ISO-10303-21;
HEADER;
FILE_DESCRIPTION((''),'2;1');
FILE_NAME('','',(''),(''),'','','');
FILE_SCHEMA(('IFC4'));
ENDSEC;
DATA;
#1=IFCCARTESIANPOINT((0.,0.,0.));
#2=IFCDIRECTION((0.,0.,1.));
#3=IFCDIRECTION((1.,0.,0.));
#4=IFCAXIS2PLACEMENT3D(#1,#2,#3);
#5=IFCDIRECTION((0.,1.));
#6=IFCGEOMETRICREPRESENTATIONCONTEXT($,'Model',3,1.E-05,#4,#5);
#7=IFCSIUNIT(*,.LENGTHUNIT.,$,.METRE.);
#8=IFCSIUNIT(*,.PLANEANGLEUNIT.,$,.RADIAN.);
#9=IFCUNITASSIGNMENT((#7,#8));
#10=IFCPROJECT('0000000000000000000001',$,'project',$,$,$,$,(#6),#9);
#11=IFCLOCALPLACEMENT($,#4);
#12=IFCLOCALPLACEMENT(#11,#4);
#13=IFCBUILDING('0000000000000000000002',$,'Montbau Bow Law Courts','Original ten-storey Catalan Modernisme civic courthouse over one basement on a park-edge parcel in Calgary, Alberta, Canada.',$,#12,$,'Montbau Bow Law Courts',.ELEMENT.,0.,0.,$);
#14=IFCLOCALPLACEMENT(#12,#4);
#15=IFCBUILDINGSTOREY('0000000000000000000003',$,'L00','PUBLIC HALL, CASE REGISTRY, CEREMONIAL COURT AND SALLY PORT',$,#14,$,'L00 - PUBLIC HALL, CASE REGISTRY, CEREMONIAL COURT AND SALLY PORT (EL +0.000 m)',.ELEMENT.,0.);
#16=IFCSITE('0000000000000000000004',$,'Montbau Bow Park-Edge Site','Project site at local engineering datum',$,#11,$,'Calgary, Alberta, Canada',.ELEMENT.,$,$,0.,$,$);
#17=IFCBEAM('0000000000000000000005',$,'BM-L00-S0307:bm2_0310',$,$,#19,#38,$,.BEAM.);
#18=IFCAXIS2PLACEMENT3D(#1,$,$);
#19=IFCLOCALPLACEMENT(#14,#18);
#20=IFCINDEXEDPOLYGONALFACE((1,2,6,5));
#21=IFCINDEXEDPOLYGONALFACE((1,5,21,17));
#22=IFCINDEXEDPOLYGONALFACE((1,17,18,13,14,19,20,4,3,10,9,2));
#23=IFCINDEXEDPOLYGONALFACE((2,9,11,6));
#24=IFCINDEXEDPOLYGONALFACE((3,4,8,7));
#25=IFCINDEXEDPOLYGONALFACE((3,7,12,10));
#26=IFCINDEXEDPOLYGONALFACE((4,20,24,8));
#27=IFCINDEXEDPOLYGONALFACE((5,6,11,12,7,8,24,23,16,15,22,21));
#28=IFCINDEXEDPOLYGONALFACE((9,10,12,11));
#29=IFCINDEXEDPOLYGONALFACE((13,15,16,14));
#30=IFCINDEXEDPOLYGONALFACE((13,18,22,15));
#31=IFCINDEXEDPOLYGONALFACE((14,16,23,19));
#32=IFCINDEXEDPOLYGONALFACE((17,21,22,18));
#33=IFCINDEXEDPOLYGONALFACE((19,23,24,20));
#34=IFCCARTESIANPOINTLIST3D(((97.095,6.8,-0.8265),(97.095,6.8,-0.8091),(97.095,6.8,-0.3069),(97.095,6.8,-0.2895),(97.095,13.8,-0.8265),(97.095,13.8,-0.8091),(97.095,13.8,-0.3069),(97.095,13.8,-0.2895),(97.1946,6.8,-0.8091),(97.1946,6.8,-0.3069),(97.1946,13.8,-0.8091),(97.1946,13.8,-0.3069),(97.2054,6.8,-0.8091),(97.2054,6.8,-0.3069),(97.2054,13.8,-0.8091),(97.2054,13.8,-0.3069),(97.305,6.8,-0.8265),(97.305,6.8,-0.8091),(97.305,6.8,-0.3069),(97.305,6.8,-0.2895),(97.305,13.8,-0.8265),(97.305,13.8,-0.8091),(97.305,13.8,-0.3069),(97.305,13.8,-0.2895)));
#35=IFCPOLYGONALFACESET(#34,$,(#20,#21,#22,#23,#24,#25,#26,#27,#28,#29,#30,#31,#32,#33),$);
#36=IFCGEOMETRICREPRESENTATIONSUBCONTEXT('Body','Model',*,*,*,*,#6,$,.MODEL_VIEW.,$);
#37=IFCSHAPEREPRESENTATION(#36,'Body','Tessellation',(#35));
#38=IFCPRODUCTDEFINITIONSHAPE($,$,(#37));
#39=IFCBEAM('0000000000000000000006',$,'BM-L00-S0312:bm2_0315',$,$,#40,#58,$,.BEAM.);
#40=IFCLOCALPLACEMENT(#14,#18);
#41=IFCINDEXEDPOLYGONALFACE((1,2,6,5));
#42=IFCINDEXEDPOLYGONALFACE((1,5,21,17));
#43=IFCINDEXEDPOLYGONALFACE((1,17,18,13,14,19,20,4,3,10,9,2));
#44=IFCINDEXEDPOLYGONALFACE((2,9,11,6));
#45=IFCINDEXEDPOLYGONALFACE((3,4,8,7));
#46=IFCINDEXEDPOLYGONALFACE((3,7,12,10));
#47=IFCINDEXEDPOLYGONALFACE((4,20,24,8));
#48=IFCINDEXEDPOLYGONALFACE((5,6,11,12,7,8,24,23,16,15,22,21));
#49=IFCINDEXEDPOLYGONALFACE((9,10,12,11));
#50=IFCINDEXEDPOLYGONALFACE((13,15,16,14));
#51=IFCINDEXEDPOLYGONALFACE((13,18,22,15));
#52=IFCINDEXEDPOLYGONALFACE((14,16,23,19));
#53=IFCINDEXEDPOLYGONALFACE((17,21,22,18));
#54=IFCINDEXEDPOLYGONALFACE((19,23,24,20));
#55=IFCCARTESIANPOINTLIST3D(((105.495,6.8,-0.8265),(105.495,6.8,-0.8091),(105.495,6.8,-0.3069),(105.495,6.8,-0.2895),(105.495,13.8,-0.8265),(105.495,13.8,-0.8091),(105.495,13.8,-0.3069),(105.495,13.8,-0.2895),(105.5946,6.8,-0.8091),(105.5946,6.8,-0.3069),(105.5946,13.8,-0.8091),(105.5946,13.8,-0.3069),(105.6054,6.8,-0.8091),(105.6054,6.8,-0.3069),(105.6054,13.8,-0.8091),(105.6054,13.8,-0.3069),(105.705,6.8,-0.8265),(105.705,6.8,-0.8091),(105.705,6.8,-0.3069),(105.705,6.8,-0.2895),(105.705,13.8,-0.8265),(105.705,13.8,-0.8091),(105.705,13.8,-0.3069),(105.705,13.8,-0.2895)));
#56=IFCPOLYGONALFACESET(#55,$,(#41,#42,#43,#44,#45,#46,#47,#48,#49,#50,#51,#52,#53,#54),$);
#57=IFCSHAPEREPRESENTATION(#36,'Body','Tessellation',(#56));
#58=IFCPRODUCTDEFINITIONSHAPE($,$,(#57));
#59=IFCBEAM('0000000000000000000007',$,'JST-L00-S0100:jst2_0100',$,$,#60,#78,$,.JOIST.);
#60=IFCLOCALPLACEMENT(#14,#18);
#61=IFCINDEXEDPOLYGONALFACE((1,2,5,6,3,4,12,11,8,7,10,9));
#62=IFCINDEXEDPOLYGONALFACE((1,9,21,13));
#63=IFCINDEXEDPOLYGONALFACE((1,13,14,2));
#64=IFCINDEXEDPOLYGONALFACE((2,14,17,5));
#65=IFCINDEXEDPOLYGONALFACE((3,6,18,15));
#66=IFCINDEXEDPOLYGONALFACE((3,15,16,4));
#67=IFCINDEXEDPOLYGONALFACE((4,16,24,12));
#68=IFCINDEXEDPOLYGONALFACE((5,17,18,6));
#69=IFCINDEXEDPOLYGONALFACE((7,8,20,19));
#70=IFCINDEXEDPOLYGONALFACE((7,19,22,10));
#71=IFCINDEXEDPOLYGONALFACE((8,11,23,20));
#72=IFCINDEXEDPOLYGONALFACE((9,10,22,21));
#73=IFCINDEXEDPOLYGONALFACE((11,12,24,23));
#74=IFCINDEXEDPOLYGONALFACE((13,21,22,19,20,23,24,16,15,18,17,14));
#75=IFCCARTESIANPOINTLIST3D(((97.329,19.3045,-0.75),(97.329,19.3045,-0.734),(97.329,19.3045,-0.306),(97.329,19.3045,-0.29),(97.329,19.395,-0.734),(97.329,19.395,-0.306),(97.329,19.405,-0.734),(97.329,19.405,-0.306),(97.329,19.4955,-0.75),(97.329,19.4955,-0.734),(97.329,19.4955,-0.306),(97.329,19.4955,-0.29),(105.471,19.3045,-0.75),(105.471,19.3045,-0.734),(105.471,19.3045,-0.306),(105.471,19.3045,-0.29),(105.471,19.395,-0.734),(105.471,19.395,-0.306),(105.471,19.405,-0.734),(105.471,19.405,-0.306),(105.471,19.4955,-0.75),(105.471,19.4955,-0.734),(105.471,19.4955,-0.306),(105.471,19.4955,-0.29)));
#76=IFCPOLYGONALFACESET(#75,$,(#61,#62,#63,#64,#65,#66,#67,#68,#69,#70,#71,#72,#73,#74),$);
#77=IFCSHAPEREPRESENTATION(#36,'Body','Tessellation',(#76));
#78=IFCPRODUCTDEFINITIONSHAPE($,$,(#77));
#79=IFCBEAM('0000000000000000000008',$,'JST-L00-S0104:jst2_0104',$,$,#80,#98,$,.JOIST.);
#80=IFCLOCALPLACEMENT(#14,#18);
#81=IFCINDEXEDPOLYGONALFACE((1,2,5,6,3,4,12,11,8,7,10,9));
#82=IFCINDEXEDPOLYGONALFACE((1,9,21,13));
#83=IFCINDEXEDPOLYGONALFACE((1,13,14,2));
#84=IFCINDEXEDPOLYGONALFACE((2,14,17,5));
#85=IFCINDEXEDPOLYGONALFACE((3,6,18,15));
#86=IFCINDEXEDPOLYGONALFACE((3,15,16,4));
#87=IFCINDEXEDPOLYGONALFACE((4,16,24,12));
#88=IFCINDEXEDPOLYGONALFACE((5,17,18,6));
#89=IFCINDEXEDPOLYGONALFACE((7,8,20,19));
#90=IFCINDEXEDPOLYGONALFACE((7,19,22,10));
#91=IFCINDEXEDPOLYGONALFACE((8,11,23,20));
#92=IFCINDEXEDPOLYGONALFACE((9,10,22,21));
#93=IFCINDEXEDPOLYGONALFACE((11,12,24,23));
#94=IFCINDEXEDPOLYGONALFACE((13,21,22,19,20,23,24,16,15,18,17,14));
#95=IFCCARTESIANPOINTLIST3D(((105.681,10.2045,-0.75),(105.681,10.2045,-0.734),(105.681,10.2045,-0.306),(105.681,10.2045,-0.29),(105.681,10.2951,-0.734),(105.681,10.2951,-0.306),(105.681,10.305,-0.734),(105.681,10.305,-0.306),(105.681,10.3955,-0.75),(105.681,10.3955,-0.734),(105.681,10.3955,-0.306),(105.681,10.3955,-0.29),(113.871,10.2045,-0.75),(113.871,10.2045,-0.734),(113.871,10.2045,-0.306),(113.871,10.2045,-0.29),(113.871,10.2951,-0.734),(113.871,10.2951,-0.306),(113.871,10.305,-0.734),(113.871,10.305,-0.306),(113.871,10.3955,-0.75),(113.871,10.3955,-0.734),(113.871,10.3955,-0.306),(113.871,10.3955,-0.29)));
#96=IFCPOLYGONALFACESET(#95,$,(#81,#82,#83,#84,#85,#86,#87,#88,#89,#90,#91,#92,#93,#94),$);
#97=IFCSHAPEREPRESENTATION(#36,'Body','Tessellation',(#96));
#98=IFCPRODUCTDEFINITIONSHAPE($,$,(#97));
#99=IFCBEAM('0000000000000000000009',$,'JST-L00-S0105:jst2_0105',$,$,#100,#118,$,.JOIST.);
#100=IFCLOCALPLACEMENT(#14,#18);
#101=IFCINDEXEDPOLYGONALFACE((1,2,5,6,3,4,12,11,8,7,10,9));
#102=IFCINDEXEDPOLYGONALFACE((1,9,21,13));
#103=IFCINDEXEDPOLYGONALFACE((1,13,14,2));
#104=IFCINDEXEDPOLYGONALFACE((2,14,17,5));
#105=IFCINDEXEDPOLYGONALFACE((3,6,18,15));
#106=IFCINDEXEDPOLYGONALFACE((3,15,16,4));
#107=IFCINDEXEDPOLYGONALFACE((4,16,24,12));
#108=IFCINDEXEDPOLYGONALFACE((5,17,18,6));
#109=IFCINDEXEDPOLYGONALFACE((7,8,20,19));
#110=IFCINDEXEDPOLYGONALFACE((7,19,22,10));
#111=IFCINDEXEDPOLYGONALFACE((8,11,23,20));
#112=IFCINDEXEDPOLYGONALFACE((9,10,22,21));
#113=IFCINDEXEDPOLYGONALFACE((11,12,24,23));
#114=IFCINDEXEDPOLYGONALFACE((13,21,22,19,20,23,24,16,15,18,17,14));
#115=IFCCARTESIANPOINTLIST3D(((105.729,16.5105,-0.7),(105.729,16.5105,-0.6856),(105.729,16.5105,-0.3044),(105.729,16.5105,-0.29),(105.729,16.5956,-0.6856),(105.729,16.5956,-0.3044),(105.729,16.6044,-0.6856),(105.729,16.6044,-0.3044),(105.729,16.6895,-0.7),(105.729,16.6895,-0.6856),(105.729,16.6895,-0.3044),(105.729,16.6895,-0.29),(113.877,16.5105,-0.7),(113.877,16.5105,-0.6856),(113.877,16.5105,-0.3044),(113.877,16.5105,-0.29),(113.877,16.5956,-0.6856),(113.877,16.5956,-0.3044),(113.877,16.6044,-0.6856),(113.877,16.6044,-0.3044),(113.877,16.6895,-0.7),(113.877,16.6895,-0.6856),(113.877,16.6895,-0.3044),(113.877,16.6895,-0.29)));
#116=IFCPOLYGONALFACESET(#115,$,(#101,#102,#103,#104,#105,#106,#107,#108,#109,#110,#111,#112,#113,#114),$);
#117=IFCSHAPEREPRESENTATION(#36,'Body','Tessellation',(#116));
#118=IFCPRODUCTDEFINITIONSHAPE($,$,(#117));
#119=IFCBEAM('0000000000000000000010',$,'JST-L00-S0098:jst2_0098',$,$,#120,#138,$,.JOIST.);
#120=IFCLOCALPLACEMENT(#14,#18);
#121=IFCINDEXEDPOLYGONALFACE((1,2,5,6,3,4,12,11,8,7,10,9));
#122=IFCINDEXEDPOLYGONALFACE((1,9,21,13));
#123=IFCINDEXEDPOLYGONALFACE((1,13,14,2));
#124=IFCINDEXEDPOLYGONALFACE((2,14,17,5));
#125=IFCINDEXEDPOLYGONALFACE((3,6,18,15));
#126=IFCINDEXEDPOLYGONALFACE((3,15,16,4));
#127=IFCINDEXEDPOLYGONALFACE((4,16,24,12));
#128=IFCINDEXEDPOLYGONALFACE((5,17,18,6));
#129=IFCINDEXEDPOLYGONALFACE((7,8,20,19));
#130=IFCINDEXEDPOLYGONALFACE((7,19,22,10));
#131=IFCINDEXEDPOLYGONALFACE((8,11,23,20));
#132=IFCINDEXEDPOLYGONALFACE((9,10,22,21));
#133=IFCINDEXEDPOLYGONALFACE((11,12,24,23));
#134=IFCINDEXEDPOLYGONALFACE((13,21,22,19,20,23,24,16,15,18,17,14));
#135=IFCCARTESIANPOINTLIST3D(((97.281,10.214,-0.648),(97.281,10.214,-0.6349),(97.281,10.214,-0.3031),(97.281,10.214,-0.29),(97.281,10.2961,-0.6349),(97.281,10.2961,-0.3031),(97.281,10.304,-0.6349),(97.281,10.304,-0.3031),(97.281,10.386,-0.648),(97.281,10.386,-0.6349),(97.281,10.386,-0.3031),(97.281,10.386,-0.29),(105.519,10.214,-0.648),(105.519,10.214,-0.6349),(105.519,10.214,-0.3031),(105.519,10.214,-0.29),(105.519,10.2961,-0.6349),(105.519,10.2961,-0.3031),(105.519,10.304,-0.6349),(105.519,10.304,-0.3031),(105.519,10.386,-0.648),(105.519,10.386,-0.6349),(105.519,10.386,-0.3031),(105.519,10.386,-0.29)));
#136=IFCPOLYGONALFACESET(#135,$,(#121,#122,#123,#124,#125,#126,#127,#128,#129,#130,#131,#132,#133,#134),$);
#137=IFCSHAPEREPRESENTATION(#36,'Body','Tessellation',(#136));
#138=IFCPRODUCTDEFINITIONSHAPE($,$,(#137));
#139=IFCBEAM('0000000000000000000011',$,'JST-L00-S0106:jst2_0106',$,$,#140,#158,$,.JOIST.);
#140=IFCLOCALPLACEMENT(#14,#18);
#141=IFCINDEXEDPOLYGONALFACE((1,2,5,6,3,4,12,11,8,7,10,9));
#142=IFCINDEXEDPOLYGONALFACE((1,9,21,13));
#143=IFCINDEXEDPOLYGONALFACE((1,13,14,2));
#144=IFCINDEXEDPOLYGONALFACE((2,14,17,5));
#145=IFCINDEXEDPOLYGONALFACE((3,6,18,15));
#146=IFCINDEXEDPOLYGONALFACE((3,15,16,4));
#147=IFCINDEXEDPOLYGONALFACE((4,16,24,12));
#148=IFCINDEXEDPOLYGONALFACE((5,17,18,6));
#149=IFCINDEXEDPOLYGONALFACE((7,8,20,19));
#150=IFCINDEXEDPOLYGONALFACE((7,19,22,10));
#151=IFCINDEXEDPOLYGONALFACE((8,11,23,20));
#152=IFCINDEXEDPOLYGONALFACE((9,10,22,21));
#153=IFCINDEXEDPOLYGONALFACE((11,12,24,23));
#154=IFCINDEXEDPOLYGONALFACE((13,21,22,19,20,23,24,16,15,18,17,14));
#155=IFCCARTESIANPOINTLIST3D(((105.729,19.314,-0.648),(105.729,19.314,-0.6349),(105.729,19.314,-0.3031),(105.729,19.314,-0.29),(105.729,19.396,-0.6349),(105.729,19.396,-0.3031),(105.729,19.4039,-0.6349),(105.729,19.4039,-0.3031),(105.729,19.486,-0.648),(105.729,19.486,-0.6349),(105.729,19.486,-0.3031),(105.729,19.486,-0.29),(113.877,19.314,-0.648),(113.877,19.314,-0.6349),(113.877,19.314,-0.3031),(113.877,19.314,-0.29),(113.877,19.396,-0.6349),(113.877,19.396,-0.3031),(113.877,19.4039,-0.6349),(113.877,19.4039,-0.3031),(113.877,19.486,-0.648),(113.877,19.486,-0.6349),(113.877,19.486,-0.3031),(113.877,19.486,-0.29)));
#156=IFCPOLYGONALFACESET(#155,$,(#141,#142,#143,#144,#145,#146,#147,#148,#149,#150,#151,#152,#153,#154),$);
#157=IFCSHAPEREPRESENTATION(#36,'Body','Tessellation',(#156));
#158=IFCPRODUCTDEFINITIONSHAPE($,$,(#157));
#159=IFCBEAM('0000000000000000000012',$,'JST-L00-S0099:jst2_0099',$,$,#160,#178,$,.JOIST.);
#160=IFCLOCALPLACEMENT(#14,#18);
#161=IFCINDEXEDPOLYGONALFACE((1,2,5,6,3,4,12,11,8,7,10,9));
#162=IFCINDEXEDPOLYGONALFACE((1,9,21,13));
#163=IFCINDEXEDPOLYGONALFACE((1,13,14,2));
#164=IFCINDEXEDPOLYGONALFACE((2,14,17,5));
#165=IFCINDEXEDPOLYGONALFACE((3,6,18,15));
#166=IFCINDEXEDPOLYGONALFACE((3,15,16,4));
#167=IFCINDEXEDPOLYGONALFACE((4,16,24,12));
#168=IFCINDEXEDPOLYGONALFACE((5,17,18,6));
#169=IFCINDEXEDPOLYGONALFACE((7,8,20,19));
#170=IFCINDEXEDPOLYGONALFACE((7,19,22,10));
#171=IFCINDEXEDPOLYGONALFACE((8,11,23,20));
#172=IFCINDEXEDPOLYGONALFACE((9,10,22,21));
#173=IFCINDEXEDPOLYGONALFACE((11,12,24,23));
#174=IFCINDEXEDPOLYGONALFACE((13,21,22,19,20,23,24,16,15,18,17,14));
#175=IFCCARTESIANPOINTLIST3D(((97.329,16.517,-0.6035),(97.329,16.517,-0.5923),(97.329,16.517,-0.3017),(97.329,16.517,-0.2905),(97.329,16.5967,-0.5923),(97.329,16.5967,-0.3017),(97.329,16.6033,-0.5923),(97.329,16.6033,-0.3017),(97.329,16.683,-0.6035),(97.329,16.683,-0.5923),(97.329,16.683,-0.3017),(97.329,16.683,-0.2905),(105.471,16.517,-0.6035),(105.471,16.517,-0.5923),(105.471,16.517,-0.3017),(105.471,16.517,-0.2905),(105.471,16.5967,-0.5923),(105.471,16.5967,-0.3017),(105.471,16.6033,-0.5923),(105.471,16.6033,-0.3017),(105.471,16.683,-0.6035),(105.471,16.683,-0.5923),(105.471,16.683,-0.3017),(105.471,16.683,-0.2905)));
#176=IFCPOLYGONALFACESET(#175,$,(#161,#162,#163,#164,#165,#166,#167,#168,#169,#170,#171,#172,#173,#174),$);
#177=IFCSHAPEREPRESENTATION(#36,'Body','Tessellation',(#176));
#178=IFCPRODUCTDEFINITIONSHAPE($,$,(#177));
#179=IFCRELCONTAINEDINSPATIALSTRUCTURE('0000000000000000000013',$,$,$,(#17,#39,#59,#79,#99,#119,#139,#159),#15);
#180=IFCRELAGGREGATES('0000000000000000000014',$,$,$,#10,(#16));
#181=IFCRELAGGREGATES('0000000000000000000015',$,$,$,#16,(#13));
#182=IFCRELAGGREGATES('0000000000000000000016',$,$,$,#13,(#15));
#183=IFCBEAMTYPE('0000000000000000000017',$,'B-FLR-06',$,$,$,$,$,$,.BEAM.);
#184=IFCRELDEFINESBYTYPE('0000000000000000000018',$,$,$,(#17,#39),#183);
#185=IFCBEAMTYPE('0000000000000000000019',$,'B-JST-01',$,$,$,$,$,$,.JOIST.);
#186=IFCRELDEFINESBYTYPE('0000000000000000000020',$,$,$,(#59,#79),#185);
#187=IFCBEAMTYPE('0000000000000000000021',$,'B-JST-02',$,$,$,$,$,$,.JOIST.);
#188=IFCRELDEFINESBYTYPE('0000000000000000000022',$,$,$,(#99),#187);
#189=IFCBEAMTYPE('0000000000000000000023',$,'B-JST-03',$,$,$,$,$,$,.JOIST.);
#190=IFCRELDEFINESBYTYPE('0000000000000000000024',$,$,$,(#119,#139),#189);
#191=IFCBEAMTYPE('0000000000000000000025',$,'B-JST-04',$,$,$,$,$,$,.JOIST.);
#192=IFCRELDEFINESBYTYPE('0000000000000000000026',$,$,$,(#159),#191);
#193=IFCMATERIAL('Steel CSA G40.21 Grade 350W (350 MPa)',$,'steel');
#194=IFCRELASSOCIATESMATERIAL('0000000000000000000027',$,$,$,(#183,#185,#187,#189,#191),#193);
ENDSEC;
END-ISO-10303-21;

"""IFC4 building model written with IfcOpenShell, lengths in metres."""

from ifc_helpers import new_model, si_unit, direction, frame, origin_with_axes, origin_2d_with_axis, place, context, subcontext, project, spatial, i_section, extrude, material, material_profile, profile_set, type_object, element, save


model = new_model("IFC4")

# Units and contexts
model_context = context("Model", 3, precision=1e-05, world=origin_with_axes(), true_north=direction((0.0, 1.0)))
body_context = subcontext(model_context, "Body", "Model", "MODEL_VIEW")
ifc_project = project(units=[si_unit("LENGTHUNIT", "METRE"), si_unit("PLANEANGLEUNIT", "RADIAN")], contexts=[model_context])

# Site, building, storey
site_placement = place(None, origin_with_axes())
site = spatial("IfcSite", under=ifc_project, at=site_placement, Name="Montbau Bow Park-Edge Site", Description="Project site at local engineering datum", LongName="Calgary, Alberta, Canada", CompositionType="ELEMENT", RefElevation=0.0)
building_placement = place(site_placement, origin_with_axes())
building = spatial("IfcBuilding", under=site, at=building_placement, Name="Montbau Bow Law Courts", Description="Original ten-storey Catalan Modernisme civic courthouse over one basement on a park-edge parcel in Calgary, Alberta, Canada.", LongName="Montbau Bow Law Courts", CompositionType="ELEMENT", ElevationOfRefHeight=0.0, ElevationOfTerrain=0.0)
storey_placement = place(building_placement, origin_with_axes())
storey = spatial("IfcBuildingStorey", under=building, at=storey_placement, Name="L00", Description="PUBLIC HALL, CASE REGISTRY, CEREMONIAL COURT AND SALLY PORT", LongName="L00 - PUBLIC HALL, CASE REGISTRY, CEREMONIAL COURT AND SALLY PORT (EL +0.000 m)", CompositionType="ELEMENT", Elevation=0.0)

# Beams
ifc_material_1 = material(Name="Steel CSA G40.21 Grade 350W (350 MPa)", Category="steel")
ifc_material_profile_1 = material_profile(ifc_material_1, i_section(OverallWidth=0.21, OverallDepth=0.537, WebThickness=0.0109, FlangeThickness=0.0174, at=origin_2d_with_axis()), Name="W530X101", Category="Main", Priority=0)
ifc_profile_set_1 = profile_set([ifc_material_profile_1], Name="Steel CSA G40.21 Grade 350W (350 MPa)")
beam_type_1 = type_object("IfcBeamType", Name="B-FLR-06", PredefinedType="BEAM", material=ifc_profile_set_1)
for number, where, z_axis, x_axis, name in (
    (1, (97.2, 6.8, -0.558), (0.0, 1.0, 0.0), (-1.0, 0.0, 0.0), "BM-L00-S0307:bm2_0310"),
    (2, (105.6, 6.8, -0.558), (0.0, 1.0, 0.0), (-1.0, 0.0, 0.0), "BM-L00-S0312:bm2_0315"),
):
    element("IfcBeam", number, at=place(None, frame(where, z_axis=z_axis, x_axis=x_axis)), inside=storey, type_object=beam_type_1, Name=name, PredefinedType="BEAM", context=body_context, shape_type="SweptSolid", body=[
        extrude(i_section(OverallWidth=0.21, OverallDepth=0.537, WebThickness=0.0109, FlangeThickness=0.0174, at=origin_2d_with_axis()), origin_with_axes(), (0.0, 0.0, 1.0), 7.0),
    ])
ifc_material_profile_2 = material_profile(ifc_material_1, i_section(OverallWidth=0.191, OverallDepth=0.46, WebThickness=0.0099, FlangeThickness=0.016, at=origin_2d_with_axis()), Name="W460X82", Category="Main", Priority=0)
ifc_profile_set_2 = profile_set([ifc_material_profile_2], Name="Steel CSA G40.21 Grade 350W (350 MPa)")
beam_type_2 = type_object("IfcBeamType", Name="B-JST-01", PredefinedType="JOIST", material=ifc_profile_set_2)
beam_1_placement = place(None, frame((97.329, 19.4, -0.52), z_axis=(1.0, 0.0, 0.0), x_axis=(0.0, 1.0, 0.0)))
element("IfcBeam", 3, at=beam_1_placement, inside=storey, type_object=beam_type_2, Name="JST-L00-S0100:jst2_0100", PredefinedType="JOIST", context=body_context, shape_type="SweptSolid", body=[
    extrude(i_section(OverallWidth=0.191, OverallDepth=0.46, WebThickness=0.0099, FlangeThickness=0.016, at=origin_2d_with_axis()), origin_with_axes(), (0.0, 0.0, 1.0), 8.142),
])
beam_2_placement = place(None, frame((105.681, 10.3, -0.52), z_axis=(1.0, 0.0, 0.0), x_axis=(0.0, 1.0, 0.0)))
element("IfcBeam", 4, at=beam_2_placement, inside=storey, type_object=beam_type_2, Name="JST-L00-S0104:jst2_0104", PredefinedType="JOIST", context=body_context, shape_type="SweptSolid", body=[
    extrude(i_section(OverallWidth=0.191, OverallDepth=0.46, WebThickness=0.0099, FlangeThickness=0.016, at=origin_2d_with_axis()), origin_with_axes(), (0.0, 0.0, 1.0), 8.19),
])
ifc_material_profile_3 = material_profile(ifc_material_1, i_section(OverallWidth=0.179, OverallDepth=0.41, WebThickness=0.0088, FlangeThickness=0.0144, at=origin_2d_with_axis()), Name="W410X67", Category="Main", Priority=0)
ifc_profile_set_3 = profile_set([ifc_material_profile_3], Name="Steel CSA G40.21 Grade 350W (350 MPa)")
beam_type_3 = type_object("IfcBeamType", Name="B-JST-02", PredefinedType="JOIST", material=ifc_profile_set_3)
beam_3_placement = place(None, frame((105.729, 16.6, -0.495), z_axis=(1.0, 0.0, 0.0), x_axis=(0.0, 1.0, 0.0)))
element("IfcBeam", 5, at=beam_3_placement, inside=storey, type_object=beam_type_3, Name="JST-L00-S0105:jst2_0105", PredefinedType="JOIST", context=body_context, shape_type="SweptSolid", body=[
    extrude(i_section(OverallWidth=0.179, OverallDepth=0.41, WebThickness=0.0088, FlangeThickness=0.0144, at=origin_2d_with_axis()), origin_with_axes(), (0.0, 0.0, 1.0), 8.148),
])
ifc_material_profile_4 = material_profile(ifc_material_1, i_section(OverallWidth=0.172, OverallDepth=0.358, WebThickness=0.0079, FlangeThickness=0.0131, at=origin_2d_with_axis()), Name="W360X57", Category="Main", Priority=0)
ifc_profile_set_4 = profile_set([ifc_material_profile_4], Name="Steel CSA G40.21 Grade 350W (350 MPa)")
beam_type_4 = type_object("IfcBeamType", Name="B-JST-03", PredefinedType="JOIST", material=ifc_profile_set_4)
beam_4_placement = place(None, frame((97.281, 10.3, -0.469), z_axis=(1.0, 0.0, 0.0), x_axis=(0.0, 1.0, 0.0)))
element("IfcBeam", 6, at=beam_4_placement, inside=storey, type_object=beam_type_4, Name="JST-L00-S0098:jst2_0098", PredefinedType="JOIST", context=body_context, shape_type="SweptSolid", body=[
    extrude(i_section(OverallWidth=0.172, OverallDepth=0.358, WebThickness=0.0079, FlangeThickness=0.0131, at=origin_2d_with_axis()), origin_with_axes(), (0.0, 0.0, 1.0), 8.238),
])
beam_5_placement = place(None, frame((105.729, 19.4, -0.469), z_axis=(1.0, 0.0, 0.0), x_axis=(0.0, 1.0, 0.0)))
element("IfcBeam", 7, at=beam_5_placement, inside=storey, type_object=beam_type_4, Name="JST-L00-S0106:jst2_0106", PredefinedType="JOIST", context=body_context, shape_type="SweptSolid", body=[
    extrude(i_section(OverallWidth=0.172, OverallDepth=0.358, WebThickness=0.0079, FlangeThickness=0.0131, at=origin_2d_with_axis()), origin_with_axes(), (0.0, 0.0, 1.0), 8.148),
])
ifc_material_profile_5 = material_profile(ifc_material_1, i_section(OverallWidth=0.166, OverallDepth=0.313, WebThickness=0.0066, FlangeThickness=0.0112, at=origin_2d_with_axis()), Name="W310X45", Category="Main", Priority=0)
ifc_profile_set_5 = profile_set([ifc_material_profile_5], Name="Steel CSA G40.21 Grade 350W (350 MPa)")
beam_type_5 = type_object("IfcBeamType", Name="B-JST-04", PredefinedType="JOIST", material=ifc_profile_set_5)
beam_6_placement = place(None, frame((97.329, 16.6, -0.447), z_axis=(1.0, 0.0, 0.0), x_axis=(0.0, 1.0, 0.0)))
element("IfcBeam", 8, at=beam_6_placement, inside=storey, type_object=beam_type_5, Name="JST-L00-S0099:jst2_0099", PredefinedType="JOIST", context=body_context, shape_type="SweptSolid", body=[
    extrude(i_section(OverallWidth=0.166, OverallDepth=0.313, WebThickness=0.0066, FlangeThickness=0.0112, at=origin_2d_with_axis()), origin_with_axes(), (0.0, 0.0, 1.0), 8.142),
])

save(model, "model.ifc")
